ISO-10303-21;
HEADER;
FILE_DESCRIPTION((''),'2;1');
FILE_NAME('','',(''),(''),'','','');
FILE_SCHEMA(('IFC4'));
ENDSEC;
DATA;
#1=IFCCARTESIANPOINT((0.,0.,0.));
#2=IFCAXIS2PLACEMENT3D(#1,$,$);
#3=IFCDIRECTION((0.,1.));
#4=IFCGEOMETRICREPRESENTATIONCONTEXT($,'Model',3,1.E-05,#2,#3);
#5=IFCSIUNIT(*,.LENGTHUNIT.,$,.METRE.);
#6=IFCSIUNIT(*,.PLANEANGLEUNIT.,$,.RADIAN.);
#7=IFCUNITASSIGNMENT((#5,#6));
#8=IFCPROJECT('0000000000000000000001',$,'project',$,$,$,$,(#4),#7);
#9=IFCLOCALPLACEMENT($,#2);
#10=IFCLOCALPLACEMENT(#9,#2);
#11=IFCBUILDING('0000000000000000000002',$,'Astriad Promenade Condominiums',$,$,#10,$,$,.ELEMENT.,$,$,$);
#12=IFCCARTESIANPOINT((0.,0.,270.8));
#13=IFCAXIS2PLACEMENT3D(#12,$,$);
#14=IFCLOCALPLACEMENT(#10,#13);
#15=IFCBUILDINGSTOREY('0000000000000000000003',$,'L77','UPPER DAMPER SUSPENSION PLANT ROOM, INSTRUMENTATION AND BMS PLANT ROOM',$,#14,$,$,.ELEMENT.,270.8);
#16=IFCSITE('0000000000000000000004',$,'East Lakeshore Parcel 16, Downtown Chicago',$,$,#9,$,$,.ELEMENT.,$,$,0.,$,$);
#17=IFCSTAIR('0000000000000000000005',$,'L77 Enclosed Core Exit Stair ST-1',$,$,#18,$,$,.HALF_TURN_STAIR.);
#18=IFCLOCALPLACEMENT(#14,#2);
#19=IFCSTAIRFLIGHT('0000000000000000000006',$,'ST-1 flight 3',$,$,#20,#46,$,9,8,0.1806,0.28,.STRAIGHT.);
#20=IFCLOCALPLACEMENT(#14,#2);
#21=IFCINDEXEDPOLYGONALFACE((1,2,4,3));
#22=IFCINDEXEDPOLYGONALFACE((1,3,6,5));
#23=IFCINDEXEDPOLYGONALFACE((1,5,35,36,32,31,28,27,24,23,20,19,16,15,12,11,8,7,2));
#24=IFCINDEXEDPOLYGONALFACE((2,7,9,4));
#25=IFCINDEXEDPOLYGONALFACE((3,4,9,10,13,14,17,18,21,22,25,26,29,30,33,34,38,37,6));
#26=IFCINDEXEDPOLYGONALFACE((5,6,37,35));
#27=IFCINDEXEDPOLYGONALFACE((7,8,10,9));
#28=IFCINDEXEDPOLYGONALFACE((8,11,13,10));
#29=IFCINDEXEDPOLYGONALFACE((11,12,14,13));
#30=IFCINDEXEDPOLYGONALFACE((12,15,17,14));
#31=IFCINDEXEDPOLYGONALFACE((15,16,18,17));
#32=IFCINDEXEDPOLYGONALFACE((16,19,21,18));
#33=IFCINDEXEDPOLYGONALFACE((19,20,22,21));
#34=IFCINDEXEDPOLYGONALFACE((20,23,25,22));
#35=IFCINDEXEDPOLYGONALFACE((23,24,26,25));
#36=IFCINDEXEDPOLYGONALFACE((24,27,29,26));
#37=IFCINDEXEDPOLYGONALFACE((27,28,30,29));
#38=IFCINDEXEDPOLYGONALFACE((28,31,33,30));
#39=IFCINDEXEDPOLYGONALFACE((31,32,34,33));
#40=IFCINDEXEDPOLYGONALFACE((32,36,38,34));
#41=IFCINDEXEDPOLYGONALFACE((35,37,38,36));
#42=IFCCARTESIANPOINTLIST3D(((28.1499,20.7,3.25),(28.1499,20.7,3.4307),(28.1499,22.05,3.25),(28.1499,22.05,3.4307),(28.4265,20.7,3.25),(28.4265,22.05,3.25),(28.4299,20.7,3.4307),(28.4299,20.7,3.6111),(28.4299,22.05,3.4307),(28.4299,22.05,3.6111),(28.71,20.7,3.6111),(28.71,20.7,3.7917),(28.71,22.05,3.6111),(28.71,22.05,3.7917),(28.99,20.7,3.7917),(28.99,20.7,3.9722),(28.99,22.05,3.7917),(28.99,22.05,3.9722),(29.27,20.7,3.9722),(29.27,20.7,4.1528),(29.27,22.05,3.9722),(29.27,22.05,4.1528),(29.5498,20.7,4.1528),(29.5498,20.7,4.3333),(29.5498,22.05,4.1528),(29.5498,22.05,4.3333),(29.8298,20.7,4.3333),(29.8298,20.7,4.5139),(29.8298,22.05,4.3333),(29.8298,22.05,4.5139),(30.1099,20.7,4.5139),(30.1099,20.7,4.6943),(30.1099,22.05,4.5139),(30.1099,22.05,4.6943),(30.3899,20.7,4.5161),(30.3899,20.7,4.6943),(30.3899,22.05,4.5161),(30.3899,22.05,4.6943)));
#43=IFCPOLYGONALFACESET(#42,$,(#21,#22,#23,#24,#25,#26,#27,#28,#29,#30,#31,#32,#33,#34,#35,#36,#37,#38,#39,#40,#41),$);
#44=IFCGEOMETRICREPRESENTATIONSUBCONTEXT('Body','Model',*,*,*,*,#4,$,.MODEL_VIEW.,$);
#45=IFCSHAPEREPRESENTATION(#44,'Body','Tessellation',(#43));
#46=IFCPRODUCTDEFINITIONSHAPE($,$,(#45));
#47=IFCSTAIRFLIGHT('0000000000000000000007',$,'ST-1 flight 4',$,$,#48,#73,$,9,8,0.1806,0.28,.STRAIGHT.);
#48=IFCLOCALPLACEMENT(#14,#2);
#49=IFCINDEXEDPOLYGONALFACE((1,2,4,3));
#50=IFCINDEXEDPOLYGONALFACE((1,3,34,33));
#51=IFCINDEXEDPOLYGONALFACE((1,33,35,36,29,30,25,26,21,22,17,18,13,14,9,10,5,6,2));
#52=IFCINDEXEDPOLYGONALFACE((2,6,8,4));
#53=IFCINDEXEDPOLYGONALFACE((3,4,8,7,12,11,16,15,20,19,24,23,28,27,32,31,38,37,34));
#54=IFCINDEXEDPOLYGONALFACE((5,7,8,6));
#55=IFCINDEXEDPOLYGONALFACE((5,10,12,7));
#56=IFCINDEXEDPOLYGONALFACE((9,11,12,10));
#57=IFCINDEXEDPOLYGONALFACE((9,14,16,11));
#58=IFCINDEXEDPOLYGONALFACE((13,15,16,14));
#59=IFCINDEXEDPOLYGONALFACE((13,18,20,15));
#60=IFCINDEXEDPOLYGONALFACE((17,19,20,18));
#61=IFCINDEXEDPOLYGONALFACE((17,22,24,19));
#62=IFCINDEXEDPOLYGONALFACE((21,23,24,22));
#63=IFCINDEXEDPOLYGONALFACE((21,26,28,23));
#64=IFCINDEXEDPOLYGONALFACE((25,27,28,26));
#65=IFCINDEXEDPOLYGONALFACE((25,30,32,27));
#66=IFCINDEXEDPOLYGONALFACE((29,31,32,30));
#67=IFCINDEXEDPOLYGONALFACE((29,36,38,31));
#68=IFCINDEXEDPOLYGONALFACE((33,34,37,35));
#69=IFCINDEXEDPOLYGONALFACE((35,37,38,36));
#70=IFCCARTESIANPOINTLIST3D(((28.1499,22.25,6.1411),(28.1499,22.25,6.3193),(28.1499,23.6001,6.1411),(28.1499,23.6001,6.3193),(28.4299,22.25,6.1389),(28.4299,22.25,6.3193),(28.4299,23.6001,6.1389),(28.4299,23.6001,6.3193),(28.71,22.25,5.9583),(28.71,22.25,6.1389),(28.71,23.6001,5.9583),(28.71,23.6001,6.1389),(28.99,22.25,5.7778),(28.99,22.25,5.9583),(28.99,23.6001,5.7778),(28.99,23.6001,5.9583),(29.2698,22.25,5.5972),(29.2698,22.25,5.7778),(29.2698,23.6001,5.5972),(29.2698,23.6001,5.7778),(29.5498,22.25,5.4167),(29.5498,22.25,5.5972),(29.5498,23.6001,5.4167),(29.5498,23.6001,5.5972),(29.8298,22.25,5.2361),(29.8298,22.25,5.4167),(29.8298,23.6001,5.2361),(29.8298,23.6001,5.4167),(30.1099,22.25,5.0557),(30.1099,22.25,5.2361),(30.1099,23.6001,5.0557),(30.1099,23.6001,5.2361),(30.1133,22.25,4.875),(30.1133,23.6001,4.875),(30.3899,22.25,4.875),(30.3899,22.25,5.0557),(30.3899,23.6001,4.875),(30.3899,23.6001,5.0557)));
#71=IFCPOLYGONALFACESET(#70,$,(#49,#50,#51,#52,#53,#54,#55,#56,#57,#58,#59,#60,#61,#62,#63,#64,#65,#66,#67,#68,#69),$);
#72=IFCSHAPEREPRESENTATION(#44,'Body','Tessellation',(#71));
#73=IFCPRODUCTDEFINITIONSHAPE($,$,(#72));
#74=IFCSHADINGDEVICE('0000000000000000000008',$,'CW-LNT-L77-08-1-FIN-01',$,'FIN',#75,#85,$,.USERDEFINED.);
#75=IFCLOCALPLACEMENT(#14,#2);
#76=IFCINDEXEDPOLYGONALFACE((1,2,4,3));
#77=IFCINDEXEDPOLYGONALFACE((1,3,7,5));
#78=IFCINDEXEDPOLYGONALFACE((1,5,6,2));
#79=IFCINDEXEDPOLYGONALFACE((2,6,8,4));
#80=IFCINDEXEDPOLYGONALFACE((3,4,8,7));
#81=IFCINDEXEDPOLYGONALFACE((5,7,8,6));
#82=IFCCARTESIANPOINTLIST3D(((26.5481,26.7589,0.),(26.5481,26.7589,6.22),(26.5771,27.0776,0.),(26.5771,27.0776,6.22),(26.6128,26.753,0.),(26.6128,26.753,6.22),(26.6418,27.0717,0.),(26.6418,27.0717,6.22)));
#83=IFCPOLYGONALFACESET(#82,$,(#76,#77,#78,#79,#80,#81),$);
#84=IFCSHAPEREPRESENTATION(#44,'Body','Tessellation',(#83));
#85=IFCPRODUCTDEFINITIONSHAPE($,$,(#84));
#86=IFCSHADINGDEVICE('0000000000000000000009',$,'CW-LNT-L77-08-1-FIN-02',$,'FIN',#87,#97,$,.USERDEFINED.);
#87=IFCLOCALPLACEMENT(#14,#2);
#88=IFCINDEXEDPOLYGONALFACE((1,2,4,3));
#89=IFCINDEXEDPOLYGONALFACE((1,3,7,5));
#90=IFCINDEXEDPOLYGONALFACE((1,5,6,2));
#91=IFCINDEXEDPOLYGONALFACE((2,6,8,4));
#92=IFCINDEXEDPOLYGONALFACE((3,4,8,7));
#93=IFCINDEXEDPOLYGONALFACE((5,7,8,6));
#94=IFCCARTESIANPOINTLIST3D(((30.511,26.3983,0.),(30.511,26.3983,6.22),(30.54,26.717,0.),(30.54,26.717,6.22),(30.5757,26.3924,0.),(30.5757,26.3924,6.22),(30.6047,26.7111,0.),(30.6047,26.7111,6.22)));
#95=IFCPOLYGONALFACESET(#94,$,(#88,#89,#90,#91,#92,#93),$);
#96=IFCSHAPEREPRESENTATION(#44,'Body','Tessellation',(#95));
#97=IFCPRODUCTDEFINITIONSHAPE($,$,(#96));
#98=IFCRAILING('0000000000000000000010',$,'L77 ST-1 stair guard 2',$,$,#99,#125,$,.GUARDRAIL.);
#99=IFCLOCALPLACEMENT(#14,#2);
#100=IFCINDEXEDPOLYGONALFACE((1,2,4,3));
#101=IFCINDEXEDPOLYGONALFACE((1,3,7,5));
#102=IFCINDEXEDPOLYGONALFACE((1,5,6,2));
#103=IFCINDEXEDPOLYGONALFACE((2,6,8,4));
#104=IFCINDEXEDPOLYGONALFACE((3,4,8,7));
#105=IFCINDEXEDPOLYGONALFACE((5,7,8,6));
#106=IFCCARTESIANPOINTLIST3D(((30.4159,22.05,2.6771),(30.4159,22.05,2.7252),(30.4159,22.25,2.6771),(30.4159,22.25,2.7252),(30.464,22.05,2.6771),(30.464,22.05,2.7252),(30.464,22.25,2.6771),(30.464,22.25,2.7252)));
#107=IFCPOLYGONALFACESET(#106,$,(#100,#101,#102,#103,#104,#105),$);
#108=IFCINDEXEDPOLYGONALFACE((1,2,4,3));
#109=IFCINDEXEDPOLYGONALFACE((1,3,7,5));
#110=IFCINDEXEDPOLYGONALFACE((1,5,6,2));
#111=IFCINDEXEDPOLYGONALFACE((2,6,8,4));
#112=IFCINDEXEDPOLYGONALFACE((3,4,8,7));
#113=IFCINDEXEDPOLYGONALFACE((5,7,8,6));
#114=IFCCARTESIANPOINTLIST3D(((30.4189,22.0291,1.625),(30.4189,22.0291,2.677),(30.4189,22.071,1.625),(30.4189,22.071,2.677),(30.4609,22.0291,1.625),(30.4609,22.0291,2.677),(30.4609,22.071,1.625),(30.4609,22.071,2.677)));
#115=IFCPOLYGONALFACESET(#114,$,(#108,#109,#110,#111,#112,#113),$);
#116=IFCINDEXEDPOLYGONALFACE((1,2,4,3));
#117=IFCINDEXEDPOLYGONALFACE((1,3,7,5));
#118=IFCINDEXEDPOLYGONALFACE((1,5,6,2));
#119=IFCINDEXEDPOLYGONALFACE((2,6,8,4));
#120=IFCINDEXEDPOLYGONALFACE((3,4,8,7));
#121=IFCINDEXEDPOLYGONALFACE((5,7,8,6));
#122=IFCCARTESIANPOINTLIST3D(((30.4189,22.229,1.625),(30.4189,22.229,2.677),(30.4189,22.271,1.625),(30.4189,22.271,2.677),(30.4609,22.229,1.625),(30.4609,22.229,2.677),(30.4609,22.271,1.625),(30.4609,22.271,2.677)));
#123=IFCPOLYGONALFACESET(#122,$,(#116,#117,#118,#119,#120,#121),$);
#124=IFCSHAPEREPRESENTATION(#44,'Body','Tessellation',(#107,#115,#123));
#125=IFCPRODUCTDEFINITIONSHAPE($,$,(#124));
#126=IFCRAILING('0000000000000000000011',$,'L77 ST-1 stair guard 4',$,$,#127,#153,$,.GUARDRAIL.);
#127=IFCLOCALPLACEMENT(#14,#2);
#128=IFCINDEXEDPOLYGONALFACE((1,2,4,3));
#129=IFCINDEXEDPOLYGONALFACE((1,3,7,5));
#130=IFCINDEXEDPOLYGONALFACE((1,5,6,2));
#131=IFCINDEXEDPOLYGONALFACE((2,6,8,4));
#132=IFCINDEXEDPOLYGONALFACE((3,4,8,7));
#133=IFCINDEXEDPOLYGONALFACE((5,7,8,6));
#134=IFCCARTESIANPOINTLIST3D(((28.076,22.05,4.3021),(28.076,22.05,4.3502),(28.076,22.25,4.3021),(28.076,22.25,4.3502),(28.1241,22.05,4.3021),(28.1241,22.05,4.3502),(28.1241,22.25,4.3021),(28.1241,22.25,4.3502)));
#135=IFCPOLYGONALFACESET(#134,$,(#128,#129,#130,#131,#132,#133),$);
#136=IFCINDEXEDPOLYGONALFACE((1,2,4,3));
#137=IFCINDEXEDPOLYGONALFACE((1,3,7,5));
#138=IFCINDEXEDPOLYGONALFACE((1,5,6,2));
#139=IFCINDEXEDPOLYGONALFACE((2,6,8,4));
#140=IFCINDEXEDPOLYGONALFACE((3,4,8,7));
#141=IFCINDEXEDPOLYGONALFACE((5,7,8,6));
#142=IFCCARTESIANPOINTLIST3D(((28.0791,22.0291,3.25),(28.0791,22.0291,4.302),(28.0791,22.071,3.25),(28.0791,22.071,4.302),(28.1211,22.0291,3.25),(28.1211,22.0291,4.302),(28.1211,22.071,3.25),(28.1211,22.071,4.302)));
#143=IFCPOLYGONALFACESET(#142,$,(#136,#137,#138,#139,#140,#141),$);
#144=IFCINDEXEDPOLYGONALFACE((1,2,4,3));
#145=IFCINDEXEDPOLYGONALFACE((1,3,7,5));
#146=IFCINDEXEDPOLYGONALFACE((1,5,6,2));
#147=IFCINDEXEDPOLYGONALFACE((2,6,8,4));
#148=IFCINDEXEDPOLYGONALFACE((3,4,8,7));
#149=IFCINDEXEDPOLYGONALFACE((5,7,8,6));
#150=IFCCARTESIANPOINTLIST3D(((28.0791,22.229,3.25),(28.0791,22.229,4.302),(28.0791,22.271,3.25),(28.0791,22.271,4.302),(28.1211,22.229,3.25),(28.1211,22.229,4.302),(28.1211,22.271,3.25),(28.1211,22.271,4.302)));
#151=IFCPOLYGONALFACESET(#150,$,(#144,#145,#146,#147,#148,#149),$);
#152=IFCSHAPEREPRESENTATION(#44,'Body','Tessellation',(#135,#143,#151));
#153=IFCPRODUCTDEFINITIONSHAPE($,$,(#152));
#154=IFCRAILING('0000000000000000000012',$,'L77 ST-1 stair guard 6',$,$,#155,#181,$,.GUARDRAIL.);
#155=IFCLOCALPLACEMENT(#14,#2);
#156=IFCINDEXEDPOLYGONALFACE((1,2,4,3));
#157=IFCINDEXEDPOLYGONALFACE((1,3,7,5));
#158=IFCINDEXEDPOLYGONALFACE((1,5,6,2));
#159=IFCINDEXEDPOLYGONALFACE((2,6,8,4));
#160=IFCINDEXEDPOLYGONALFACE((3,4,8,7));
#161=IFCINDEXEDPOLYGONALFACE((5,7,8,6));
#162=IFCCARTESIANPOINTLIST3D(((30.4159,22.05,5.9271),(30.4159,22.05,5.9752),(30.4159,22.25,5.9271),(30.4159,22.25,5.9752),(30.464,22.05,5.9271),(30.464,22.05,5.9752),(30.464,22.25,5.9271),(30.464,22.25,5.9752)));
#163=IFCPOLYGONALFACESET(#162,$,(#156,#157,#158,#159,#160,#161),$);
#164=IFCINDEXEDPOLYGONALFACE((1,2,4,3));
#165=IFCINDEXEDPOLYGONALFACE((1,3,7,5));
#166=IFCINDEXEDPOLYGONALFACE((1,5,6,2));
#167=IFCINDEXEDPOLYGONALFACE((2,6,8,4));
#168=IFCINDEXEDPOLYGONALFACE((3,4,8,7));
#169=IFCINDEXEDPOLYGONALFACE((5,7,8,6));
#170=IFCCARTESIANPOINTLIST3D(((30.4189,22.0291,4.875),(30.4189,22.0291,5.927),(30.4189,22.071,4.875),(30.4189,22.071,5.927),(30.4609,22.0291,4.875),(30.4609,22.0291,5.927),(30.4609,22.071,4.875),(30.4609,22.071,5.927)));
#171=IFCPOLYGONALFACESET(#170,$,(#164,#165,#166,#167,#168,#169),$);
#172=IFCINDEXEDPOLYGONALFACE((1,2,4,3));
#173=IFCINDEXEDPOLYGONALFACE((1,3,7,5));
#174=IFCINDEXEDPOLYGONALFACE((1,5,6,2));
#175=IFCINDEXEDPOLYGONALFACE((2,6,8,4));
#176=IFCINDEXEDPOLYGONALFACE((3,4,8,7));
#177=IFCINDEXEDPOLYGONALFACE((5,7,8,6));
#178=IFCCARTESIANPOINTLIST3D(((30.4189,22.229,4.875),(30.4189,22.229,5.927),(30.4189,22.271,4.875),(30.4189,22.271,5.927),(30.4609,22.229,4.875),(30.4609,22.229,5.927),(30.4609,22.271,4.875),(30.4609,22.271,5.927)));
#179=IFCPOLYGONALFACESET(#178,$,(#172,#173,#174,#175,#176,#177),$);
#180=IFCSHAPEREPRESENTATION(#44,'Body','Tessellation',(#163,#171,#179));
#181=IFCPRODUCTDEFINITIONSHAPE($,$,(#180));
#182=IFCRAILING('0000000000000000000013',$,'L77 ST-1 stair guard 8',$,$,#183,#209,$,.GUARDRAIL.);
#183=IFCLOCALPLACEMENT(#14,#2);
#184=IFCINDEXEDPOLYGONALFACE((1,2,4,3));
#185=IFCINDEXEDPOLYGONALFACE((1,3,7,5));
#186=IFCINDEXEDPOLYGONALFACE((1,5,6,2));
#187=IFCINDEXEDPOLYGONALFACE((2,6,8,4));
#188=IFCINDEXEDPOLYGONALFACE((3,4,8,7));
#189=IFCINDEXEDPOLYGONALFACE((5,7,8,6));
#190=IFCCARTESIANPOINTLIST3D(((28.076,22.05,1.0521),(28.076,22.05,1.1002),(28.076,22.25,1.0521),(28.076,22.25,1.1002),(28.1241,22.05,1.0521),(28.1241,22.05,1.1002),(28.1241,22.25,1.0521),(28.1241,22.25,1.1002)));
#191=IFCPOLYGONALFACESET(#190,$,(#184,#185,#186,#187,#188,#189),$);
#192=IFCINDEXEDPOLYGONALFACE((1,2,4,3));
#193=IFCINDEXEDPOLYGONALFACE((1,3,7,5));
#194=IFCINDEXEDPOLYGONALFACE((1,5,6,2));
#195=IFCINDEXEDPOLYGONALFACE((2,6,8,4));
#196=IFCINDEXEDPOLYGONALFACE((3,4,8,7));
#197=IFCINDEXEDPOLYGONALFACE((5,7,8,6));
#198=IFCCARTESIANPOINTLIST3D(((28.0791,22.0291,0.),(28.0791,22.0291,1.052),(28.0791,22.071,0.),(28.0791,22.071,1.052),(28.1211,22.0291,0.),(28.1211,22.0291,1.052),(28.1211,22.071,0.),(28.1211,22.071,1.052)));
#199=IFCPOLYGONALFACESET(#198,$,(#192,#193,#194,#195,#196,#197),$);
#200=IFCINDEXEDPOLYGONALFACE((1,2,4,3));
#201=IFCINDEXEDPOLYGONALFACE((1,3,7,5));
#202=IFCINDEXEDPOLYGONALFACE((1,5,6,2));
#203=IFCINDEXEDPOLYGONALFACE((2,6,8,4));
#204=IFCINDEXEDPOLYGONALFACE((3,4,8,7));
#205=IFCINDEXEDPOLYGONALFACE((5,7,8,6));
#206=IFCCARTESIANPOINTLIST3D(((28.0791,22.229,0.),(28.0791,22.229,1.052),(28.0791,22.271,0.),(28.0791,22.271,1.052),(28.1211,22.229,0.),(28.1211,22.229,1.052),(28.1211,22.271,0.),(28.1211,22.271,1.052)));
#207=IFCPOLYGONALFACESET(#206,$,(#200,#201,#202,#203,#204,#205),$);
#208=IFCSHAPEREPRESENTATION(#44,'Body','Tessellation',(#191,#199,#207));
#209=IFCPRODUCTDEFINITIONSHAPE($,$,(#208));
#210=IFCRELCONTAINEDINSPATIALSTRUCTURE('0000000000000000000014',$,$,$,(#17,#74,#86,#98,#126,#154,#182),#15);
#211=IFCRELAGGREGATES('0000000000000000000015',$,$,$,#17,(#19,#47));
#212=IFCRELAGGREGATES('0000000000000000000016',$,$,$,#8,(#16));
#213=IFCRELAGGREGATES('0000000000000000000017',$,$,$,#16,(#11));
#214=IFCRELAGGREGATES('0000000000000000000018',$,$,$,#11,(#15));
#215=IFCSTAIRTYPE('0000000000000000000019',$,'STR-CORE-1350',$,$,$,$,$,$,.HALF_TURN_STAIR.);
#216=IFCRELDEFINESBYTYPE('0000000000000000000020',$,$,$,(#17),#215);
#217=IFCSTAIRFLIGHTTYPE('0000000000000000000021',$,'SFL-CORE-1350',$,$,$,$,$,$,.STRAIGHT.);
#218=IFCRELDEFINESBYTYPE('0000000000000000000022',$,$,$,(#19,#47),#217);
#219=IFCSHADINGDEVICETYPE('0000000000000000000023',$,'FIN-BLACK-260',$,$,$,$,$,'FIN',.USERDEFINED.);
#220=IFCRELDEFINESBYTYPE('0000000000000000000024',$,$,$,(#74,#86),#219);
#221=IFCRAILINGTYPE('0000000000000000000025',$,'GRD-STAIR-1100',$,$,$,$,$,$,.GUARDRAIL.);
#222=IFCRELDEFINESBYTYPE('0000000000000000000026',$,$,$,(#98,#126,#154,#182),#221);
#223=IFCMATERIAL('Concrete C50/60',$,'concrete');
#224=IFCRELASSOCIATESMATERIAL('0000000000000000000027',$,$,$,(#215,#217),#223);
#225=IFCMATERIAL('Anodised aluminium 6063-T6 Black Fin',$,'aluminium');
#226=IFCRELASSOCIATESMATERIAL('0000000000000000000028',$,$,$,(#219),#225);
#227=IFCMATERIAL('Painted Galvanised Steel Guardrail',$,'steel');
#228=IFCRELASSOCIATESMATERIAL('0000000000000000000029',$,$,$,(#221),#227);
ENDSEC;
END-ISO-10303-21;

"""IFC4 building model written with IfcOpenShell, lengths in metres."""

from ifc_helpers import new_model, si_unit, direction, frame, origin, origin_2d, place, context, subcontext, project, spatial, polyline, rectangle, outline, extrude, source, transform, mapped, material, type_object, type_shapes, element, aggregate, save


model = new_model("IFC4")

# Units and contexts
model_context = context("Model", 3, precision=1e-05, world=origin(), true_north=direction((0.0, 1.0)))
body_context = subcontext(model_context, "Body", "Model", "MODEL_VIEW")
ifc_project = project(units=[si_unit("LENGTHUNIT", "METRE"), si_unit("PLANEANGLEUNIT", "RADIAN")], contexts=[model_context])

# Site, building, storey
site_placement = place(None, origin())
site = spatial("IfcSite", under=ifc_project, at=site_placement, Name="East Lakeshore Parcel 16, Downtown Chicago", CompositionType="ELEMENT", RefElevation=0.0)
building_placement = place(site_placement, origin())
building = spatial("IfcBuilding", under=site, at=building_placement, Name="Astriad Promenade Condominiums", CompositionType="ELEMENT")
storey_placement = place(building_placement, frame((0.0, 0.0, 270.8)))
storey = spatial("IfcBuildingStorey", under=building, at=storey_placement, Name="L77", Description="UPPER DAMPER SUSPENSION PLANT ROOM, INSTRUMENTATION AND BMS PLANT ROOM", CompositionType="ELEMENT", Elevation=270.8)

# Stair, stair flights
ifc_material_1 = material(Name="Concrete C50/60", Category="concrete")
stair_type = type_object("IfcStairType", Name="STR-CORE-1350", PredefinedType="HALF_TURN_STAIR", material=ifc_material_1)
stair_placement = place(storey_placement, origin())
stair = element("IfcStair", 1, at=stair_placement, inside=storey, type_object=stair_type, Name="L77 Enclosed Core Exit Stair ST-1", PredefinedType="HALF_TURN_STAIR")
stair_flight_type = type_object("IfcStairFlightType", Name="SFL-CORE-1350", PredefinedType="STRAIGHT", material=ifc_material_1)
shared_shape_1 = source(origin(), body_context, "Body", "SweptSolid", [
    extrude(outline(polyline([(0.0, 0.0), (0.0, 0.1807), (0.28, 0.1807), (0.28, 0.3611), (0.5601, 0.3611), (0.5601, 0.5417), (0.8401, 0.5417), (0.8401, 0.7222), (1.1201, 0.7222), (1.1201, 0.9028), (1.3999, 0.9028), (1.3999, 1.0833), (1.6799, 1.0833), (1.6799, 1.2639), (1.96, 1.2639), (1.96, 1.4443), (2.24, 1.4443), (2.24, 1.625), (2.24, 1.2661), (0.2766, 0.0), (0.0, 0.0)])), frame((0.0, 0.675, 0.0), z_axis=(0.0, -1.0, 0.0), x_axis=(1.0, 0.0, 0.0)), (0.0, 0.0, 1.0), 1.3501),
])
type_shapes(stair_flight_type, [shared_shape_1])
stair_flight_1_placement = place(storey_placement, frame((28.1499, 21.375, 3.25), z_axis=(0.0, 0.0, 1.0), x_axis=(1.0, 0.0, 0.0)))
stair_flight_1 = element("IfcStairFlight", 2, at=stair_flight_1_placement, type_object=stair_flight_type, Name="ST-1 flight 3", NumberOfRisers=9, NumberOfTreads=8, PredefinedType="STRAIGHT", RiserHeight=0.1806, TreadLength=0.28, context=body_context, shape_type="MappedRepresentation", body=[
    mapped(shared_shape_1, transform((0.0, 0.0, 0.0), scale=1.0)),
])
stair_flight_2_placement = place(storey_placement, frame((30.3899, 22.925, 4.875), z_axis=(0.0, 0.0, 1.0), x_axis=(-1.0, 0.0, 0.0)))
stair_flight_2 = element("IfcStairFlight", 3, at=stair_flight_2_placement, type_object=stair_flight_type, Name="ST-1 flight 4", NumberOfRisers=9, NumberOfTreads=8, PredefinedType="STRAIGHT", RiserHeight=0.1806, TreadLength=0.28, context=body_context, shape_type="MappedRepresentation", body=[
    mapped(shared_shape_1, transform((0.0, 0.0, 0.0), scale=1.0)),
])
aggregate(stair, [stair_flight_1, stair_flight_2])

# Shading devices
ifc_material_2 = material(Name="Anodised aluminium 6063-T6 Black Fin", Category="aluminium")
shading_device_type = type_object("IfcShadingDeviceType", Name="FIN-BLACK-260", ElementType="FIN", PredefinedType="USERDEFINED", material=ifc_material_2)
shared_shape_2 = source(origin(), body_context, "Body", "SweptSolid", [
    extrude(rectangle(XDim=0.0649, YDim=0.3201, at=origin_2d()), origin(), (0.0, 0.0, 1.0), 6.22),
])
type_shapes(shading_device_type, [shared_shape_2])
for number, where, z_axis, x_axis, name in (
    (4, (26.595, 26.9153, 0.0), (0.0, 0.0, 1.0), (0.995884, -0.090633, 0.0), "CW-LNT-L77-08-1-FIN-01"),
    (5, (30.5579, 26.5547, 0.0), (0.0, 0.0, 1.0), (0.995884, -0.090633, 0.0), "CW-LNT-L77-08-1-FIN-02"),
):
    element("IfcShadingDevice", number, at=place(storey_placement, frame(where, z_axis=z_axis, x_axis=x_axis)), inside=storey, type_object=shading_device_type, Name=name, ObjectType="FIN", PredefinedType="USERDEFINED", context=body_context, shape_type="MappedRepresentation", body=[
        mapped(shared_shape_2, transform((0.0, 0.0, 0.0), scale=1.0)),
    ])

# Railings
ifc_material_3 = material(Name="Painted Galvanised Steel Guardrail", Category="steel")
railing_type_1 = type_object("IfcRailingType", Name="GRD-STAIR-1100", PredefinedType="GUARDRAIL", material=ifc_material_3)
shared_shape_3 = source(origin(), body_context, "Body", "SweptSolid", [
    extrude(rectangle(XDim=0.0481, YDim=0.0481, at=origin_2d()), frame((0.0, 0.0, 1.0762), z_axis=(0.0, 1.0, 0.0), x_axis=(-1.0, 0.0, 0.0)), (0.0, 0.0, 1.0), 0.2),
    extrude(rectangle(XDim=0.042, YDim=0.042, at=origin_2d()), origin(), (0.0, 0.0, 1.0), 1.052),
    extrude(rectangle(XDim=0.042, YDim=0.042, at=origin_2d()), frame((0.0, 0.2, 0.0)), (0.0, 0.0, 1.0), 1.052),
])
for number, where, name in (
    (6, (30.4399, 22.05, 1.625), "L77 ST-1 stair guard 2"),
    (7, (28.1001, 22.05, 3.25), "L77 ST-1 stair guard 4"),
    (8, (30.4399, 22.05, 4.875), "L77 ST-1 stair guard 6"),
    (9, (28.1001, 22.05, 0.0), "L77 ST-1 stair guard 8"),
):
    element("IfcRailing", number, at=place(storey_placement, frame(where)), inside=storey, type_object=railing_type_1, Name=name, PredefinedType="GUARDRAIL", context=body_context, shape_type="MappedRepresentation", body=[
        mapped(shared_shape_3, transform((0.0, 0.0, 0.0), scale=1.0)),
    ])

save(model, "model.ifc")
